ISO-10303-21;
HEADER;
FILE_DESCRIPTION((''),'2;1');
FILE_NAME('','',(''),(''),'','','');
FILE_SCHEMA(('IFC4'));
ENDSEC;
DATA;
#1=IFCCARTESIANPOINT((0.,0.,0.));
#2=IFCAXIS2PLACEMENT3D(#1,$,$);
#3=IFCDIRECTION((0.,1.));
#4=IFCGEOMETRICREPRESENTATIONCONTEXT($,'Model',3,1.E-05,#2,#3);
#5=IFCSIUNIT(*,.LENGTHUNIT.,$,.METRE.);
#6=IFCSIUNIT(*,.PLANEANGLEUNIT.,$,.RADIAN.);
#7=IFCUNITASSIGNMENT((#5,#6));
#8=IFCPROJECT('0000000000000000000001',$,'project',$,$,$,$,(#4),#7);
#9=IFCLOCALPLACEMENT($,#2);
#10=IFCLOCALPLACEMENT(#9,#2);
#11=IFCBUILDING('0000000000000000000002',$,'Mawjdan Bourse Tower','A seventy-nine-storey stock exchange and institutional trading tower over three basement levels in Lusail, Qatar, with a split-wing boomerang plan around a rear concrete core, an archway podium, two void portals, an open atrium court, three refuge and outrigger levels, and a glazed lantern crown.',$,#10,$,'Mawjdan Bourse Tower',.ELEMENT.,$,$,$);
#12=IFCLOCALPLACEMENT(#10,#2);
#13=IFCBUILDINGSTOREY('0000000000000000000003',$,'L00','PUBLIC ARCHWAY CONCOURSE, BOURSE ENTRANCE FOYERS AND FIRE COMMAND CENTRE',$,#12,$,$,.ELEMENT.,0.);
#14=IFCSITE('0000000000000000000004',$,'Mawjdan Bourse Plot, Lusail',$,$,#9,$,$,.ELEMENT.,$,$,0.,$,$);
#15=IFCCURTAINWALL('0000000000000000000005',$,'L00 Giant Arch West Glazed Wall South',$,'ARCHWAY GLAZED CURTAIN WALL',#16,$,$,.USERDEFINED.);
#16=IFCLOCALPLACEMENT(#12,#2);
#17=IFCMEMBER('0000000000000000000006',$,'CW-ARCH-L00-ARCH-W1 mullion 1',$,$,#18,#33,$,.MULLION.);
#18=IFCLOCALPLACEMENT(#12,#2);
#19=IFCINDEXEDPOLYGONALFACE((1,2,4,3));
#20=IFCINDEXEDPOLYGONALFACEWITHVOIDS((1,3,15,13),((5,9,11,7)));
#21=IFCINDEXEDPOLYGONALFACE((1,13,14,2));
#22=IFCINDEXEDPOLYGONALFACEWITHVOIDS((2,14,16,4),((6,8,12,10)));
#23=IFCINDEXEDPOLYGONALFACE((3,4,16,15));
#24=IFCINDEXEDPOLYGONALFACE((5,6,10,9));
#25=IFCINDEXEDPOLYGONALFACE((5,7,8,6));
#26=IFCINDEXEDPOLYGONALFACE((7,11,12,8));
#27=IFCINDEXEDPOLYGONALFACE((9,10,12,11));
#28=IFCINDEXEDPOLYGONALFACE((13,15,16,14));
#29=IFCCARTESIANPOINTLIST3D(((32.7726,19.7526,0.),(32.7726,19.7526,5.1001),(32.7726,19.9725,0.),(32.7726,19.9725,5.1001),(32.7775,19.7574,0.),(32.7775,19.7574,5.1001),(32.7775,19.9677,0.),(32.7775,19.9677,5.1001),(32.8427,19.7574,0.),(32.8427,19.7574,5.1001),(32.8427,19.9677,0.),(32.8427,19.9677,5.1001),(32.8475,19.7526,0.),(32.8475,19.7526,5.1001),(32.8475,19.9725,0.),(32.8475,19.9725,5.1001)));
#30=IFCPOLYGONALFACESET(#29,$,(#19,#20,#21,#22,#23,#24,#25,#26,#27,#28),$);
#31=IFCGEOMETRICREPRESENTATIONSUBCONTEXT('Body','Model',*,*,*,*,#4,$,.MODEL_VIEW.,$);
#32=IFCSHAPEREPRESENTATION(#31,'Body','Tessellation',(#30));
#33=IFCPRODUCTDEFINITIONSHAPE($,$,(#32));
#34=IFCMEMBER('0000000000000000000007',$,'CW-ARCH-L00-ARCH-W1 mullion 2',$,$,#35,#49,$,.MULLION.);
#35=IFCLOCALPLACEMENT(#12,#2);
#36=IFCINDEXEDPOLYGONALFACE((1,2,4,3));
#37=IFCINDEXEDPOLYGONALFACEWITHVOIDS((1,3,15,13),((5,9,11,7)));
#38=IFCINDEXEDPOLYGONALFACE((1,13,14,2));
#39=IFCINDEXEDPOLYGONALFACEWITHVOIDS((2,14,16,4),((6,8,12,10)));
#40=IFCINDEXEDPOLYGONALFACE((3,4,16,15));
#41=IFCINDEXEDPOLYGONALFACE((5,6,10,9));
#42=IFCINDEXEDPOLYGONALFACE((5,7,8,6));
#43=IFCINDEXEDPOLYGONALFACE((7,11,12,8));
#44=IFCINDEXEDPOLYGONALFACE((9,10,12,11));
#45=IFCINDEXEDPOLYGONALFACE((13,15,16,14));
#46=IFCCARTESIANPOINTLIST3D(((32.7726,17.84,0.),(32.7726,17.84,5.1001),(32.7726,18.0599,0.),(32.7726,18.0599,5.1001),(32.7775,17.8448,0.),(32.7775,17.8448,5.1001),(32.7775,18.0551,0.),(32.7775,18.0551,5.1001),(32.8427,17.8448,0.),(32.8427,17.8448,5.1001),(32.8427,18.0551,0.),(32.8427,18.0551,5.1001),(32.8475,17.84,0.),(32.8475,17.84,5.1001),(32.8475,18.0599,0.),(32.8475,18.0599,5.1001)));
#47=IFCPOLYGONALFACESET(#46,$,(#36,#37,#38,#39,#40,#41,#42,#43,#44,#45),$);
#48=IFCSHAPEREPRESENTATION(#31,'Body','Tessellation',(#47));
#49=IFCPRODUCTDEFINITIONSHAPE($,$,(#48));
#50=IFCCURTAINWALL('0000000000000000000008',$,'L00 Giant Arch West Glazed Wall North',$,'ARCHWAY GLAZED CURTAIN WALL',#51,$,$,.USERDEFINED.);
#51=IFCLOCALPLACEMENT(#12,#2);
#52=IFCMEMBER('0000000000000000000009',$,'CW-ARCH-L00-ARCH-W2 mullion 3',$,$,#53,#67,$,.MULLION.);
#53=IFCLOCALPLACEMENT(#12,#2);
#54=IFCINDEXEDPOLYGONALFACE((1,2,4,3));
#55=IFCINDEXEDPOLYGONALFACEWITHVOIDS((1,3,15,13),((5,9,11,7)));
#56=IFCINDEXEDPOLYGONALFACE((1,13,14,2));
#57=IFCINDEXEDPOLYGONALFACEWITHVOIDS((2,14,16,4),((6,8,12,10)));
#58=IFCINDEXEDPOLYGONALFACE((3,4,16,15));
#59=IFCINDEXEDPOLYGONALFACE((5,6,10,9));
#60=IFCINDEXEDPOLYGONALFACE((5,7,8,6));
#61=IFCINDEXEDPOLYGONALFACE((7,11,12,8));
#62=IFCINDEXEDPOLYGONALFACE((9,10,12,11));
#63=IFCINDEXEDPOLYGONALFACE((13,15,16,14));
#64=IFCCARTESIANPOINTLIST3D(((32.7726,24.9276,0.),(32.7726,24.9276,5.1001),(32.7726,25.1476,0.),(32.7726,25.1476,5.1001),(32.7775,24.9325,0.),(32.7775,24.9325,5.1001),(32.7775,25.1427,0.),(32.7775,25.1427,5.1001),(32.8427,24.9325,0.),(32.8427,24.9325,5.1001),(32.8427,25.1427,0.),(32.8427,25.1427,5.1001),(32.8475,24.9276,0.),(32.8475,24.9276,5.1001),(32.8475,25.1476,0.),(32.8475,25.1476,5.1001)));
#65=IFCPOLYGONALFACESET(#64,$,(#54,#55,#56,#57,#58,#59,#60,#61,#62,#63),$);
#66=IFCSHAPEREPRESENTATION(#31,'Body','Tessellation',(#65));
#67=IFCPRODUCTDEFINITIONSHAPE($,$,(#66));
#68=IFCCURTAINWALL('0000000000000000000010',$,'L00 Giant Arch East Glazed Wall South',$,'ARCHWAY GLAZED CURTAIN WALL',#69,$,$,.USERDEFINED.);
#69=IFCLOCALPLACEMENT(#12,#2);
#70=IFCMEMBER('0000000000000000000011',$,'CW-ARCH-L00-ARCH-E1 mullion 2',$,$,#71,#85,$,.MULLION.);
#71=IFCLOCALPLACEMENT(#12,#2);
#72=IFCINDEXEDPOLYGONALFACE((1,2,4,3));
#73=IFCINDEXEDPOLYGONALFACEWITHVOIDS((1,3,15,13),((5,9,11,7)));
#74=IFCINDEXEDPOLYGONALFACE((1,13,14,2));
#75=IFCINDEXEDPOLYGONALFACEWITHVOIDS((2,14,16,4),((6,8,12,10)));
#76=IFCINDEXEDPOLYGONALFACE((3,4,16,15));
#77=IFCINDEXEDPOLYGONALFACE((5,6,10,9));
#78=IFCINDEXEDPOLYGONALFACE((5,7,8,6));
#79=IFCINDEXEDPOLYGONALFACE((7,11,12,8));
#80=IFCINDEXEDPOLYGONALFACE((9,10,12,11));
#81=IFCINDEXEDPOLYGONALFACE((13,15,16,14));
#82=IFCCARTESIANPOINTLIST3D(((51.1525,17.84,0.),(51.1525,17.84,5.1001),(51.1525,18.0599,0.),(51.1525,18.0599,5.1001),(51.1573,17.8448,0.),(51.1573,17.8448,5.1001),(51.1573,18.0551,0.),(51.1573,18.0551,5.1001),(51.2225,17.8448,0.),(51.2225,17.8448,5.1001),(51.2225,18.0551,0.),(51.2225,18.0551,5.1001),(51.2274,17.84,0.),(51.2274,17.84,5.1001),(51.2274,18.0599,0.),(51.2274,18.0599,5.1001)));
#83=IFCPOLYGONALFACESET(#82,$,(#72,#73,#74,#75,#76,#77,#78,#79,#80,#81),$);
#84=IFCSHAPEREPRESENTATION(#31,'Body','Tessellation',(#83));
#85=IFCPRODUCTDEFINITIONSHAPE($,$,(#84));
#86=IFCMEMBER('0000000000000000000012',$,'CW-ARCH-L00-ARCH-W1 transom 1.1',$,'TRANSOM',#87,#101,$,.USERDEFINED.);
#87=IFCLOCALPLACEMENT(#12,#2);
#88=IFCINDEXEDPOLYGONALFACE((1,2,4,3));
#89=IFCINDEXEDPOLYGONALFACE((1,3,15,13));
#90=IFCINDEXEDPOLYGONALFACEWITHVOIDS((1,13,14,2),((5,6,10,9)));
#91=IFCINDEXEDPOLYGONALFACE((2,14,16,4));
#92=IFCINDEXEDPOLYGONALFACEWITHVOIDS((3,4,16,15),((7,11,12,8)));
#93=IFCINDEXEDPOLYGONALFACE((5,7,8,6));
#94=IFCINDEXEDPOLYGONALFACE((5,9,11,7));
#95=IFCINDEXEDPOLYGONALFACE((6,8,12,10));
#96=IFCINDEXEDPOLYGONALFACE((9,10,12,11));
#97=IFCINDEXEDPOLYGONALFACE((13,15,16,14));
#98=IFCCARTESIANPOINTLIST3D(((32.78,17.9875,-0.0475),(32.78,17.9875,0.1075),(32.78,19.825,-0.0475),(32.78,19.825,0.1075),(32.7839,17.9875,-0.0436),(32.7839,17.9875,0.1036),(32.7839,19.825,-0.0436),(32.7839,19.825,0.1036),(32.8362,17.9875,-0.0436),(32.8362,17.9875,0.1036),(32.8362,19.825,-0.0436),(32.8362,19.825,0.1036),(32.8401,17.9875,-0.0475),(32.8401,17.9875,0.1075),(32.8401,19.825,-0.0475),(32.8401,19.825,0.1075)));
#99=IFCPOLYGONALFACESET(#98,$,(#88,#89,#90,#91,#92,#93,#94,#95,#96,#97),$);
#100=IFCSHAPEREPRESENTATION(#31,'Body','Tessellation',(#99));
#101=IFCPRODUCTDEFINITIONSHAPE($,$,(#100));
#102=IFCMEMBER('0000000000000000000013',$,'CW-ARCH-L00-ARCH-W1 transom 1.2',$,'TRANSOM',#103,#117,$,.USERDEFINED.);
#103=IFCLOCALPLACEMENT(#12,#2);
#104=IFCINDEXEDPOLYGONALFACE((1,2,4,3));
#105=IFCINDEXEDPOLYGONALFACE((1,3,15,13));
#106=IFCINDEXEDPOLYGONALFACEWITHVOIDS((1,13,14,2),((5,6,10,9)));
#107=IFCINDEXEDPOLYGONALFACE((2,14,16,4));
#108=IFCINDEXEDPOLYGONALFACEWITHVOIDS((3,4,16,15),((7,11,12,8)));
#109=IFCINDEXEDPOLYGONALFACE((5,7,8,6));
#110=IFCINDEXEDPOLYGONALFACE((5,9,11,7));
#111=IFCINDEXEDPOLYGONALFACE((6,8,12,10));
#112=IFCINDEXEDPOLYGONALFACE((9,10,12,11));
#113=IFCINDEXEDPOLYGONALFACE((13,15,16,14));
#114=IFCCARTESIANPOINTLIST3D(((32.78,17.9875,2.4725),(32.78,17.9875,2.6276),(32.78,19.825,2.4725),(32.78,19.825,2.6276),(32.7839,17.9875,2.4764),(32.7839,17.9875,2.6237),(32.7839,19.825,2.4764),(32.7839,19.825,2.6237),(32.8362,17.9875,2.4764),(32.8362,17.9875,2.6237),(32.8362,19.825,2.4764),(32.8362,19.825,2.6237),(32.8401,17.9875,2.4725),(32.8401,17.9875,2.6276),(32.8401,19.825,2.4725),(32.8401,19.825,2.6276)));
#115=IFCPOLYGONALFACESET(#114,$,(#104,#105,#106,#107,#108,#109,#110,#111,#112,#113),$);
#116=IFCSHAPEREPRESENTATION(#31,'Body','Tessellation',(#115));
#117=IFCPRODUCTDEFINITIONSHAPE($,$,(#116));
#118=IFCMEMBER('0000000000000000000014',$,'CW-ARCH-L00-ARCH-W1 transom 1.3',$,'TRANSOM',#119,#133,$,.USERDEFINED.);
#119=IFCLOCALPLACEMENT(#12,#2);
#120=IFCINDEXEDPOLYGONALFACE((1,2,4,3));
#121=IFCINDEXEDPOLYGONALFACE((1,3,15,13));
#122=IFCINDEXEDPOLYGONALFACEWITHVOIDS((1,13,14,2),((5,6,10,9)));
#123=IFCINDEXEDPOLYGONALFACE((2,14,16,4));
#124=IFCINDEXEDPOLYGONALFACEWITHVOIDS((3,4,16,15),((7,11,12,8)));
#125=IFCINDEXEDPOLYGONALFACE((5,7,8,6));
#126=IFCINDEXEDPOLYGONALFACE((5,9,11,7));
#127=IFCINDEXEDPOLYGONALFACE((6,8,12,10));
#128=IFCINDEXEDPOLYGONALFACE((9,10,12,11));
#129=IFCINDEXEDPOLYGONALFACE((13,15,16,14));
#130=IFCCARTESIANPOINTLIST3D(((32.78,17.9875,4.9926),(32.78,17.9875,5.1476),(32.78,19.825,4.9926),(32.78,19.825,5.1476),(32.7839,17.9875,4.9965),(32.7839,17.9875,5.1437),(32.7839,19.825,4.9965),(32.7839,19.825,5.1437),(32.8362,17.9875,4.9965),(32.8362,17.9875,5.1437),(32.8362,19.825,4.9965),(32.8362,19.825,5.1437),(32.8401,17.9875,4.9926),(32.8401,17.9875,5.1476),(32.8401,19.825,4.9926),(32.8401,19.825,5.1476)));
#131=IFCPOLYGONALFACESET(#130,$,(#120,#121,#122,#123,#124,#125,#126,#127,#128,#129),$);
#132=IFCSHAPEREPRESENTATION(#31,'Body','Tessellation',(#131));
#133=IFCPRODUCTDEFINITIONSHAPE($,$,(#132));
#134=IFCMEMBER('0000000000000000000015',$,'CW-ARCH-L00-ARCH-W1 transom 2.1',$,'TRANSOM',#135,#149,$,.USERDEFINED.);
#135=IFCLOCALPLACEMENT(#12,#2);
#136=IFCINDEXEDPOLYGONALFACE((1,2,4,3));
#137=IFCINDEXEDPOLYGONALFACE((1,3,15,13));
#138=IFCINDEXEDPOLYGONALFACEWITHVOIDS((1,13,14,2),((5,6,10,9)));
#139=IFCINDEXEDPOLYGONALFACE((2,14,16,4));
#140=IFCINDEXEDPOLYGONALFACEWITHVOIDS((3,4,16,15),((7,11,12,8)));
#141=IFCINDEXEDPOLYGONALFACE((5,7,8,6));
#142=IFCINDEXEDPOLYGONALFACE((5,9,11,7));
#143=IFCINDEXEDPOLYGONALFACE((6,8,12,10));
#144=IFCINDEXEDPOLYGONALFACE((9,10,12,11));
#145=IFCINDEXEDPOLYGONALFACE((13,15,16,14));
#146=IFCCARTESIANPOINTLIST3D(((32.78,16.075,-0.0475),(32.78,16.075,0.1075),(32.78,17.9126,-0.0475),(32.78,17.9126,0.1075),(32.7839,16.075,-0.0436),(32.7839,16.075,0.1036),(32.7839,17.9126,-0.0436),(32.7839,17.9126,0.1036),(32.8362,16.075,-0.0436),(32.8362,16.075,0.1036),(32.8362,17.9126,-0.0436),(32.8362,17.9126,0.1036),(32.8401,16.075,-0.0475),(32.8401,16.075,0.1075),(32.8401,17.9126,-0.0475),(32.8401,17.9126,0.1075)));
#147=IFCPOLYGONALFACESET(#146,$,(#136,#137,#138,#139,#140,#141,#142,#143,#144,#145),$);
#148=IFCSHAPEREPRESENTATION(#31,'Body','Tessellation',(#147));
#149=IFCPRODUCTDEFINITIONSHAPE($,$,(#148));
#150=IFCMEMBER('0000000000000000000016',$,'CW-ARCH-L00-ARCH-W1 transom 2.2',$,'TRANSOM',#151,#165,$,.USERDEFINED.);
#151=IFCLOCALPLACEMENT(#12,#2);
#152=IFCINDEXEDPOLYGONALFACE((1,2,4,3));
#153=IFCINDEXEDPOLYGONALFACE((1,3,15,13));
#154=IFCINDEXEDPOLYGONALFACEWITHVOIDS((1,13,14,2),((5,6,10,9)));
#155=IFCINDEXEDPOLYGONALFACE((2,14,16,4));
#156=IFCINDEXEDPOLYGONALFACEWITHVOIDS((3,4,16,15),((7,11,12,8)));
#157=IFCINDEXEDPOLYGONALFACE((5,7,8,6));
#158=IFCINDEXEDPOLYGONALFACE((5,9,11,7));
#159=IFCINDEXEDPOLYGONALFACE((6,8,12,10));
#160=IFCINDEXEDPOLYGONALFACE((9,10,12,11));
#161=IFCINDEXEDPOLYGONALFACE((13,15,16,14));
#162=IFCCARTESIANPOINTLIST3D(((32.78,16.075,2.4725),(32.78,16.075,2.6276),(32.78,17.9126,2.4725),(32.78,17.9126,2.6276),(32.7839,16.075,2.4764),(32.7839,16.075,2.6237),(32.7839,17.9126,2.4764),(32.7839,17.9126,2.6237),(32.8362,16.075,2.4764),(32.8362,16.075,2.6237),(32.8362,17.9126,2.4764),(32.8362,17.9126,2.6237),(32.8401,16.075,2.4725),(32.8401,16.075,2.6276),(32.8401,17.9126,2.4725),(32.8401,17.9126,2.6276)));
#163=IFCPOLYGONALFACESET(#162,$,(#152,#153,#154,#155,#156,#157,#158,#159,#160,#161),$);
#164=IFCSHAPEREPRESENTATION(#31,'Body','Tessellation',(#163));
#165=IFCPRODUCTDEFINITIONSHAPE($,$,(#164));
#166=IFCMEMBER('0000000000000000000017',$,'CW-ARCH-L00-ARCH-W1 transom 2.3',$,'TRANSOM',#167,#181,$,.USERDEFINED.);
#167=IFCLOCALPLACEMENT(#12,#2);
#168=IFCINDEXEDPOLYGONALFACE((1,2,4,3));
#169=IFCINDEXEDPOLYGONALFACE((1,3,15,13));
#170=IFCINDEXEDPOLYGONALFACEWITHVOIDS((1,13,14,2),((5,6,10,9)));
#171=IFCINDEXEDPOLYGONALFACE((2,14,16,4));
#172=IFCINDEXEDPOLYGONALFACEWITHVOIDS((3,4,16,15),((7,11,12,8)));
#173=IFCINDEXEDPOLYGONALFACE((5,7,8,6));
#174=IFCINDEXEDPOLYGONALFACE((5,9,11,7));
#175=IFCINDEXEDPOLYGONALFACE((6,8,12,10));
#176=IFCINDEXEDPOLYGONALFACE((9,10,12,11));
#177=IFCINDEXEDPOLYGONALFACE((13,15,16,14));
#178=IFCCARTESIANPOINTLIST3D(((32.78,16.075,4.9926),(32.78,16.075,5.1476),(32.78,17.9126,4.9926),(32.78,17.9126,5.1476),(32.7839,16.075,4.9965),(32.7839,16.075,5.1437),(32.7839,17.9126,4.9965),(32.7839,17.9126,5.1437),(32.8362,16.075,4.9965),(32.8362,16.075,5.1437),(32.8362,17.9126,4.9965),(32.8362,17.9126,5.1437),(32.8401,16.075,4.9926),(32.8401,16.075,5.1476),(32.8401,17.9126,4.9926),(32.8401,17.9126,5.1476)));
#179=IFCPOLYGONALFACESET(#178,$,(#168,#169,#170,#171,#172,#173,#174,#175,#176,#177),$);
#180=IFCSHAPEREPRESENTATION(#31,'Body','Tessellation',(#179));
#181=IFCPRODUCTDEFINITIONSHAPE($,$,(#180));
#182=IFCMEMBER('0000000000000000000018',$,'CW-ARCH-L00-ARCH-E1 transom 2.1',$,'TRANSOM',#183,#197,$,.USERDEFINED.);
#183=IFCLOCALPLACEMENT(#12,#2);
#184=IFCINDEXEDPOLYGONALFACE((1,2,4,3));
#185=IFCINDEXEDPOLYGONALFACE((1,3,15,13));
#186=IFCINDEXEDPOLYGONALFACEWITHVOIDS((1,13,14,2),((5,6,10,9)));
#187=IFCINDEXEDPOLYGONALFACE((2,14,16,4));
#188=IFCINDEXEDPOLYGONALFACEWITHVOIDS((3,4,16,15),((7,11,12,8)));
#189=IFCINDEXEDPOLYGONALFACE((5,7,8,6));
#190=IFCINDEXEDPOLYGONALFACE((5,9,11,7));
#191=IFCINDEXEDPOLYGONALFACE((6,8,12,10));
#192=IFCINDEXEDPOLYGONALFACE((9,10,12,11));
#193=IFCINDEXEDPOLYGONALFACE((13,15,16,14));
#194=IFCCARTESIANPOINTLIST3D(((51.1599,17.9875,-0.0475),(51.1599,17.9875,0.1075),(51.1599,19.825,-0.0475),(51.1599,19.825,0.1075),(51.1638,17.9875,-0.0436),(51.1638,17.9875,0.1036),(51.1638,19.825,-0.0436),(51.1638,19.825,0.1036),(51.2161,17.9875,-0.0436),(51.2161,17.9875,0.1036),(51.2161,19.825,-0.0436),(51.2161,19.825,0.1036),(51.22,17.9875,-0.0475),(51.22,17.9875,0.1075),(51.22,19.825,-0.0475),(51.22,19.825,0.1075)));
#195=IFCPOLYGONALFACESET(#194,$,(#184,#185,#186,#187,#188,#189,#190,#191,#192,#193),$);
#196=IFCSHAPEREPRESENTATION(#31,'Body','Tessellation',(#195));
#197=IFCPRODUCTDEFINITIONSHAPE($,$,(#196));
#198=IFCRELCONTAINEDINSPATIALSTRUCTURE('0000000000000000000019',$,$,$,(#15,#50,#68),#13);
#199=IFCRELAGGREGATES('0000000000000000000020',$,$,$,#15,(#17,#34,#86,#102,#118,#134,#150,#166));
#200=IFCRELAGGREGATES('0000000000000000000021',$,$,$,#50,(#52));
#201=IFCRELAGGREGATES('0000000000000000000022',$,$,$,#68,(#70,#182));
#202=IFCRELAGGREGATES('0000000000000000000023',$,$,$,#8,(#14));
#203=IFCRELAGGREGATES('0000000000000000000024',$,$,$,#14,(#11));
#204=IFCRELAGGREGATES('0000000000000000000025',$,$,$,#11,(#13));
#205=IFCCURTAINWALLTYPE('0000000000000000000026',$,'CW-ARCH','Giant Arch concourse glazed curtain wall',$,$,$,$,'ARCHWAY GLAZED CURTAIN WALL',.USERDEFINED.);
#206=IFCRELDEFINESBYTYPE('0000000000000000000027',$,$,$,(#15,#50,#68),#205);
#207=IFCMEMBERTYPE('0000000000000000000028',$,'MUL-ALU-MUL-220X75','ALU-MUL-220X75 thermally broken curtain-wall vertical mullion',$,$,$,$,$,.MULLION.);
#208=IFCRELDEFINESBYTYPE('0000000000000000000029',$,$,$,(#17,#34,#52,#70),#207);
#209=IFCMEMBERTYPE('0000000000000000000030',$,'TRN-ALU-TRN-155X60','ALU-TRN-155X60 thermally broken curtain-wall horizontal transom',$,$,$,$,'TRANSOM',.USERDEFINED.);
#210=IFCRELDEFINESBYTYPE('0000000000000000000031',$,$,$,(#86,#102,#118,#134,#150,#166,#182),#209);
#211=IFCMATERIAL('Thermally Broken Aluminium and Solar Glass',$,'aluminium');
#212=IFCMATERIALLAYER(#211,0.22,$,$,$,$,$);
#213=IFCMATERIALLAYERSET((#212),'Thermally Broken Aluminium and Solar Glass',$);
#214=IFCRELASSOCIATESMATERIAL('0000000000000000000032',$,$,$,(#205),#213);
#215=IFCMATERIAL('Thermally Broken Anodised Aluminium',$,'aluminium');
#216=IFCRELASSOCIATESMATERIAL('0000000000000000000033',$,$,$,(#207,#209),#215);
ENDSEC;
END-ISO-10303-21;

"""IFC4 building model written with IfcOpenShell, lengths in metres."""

from ifc_helpers import new_model, si_unit, direction, frame, origin, origin_2d, place, context, subcontext, project, spatial, hollow_rectangle, extrude, material, layer, layer_set, material_profile, profile_set, type_object, element, aggregate, save


model = new_model("IFC4")

# Units and contexts
model_context = context("Model", 3, precision=1e-05, world=origin(), true_north=direction((0.0, 1.0)))
body_context = subcontext(model_context, "Body", "Model", "MODEL_VIEW")
ifc_project = project(units=[si_unit("LENGTHUNIT", "METRE"), si_unit("PLANEANGLEUNIT", "RADIAN")], contexts=[model_context])

# Site, building, storey
site_placement = place(None, origin())
site = spatial("IfcSite", under=ifc_project, at=site_placement, Name="Mawjdan Bourse Plot, Lusail", CompositionType="ELEMENT", RefElevation=0.0)
building_placement = place(site_placement, origin())
building = spatial("IfcBuilding", under=site, at=building_placement, Name="Mawjdan Bourse Tower", Description="A seventy-nine-storey stock exchange and institutional trading tower over three basement levels in Lusail, Qatar, with a split-wing boomerang plan around a rear concrete core, an archway podium, two void portals, an open atrium court, three refuge and outrigger levels, and a glazed lantern crown.", LongName="Mawjdan Bourse Tower", CompositionType="ELEMENT")
storey_placement = place(building_placement, origin())
storey = spatial("IfcBuildingStorey", under=building, at=storey_placement, Name="L00", Description="PUBLIC ARCHWAY CONCOURSE, BOURSE ENTRANCE FOYERS AND FIRE COMMAND CENTRE", CompositionType="ELEMENT", Elevation=0.0)

# Curtain wall, members
ifc_material_1 = material(Name="Thermally Broken Aluminium and Solar Glass", Category="aluminium")
ifc_layer_1 = layer(ifc_material_1, 0.22)
ifc_layer_set_1 = layer_set([ifc_layer_1], Name="Thermally Broken Aluminium and Solar Glass")
curtain_wall_type = type_object("IfcCurtainWallType", Name="CW-ARCH", Description="Giant Arch concourse glazed curtain wall", ElementType="ARCHWAY GLAZED CURTAIN WALL", PredefinedType="USERDEFINED", material=ifc_layer_set_1)
curtain_wall_1_placement = place(storey_placement, origin())
curtain_wall_1 = element("IfcCurtainWall", 1, at=curtain_wall_1_placement, inside=storey, type_object=curtain_wall_type, Name="L00 Giant Arch West Glazed Wall South", ObjectType="ARCHWAY GLAZED CURTAIN WALL", PredefinedType="USERDEFINED")
ifc_material_2 = material(Name="Thermally Broken Anodised Aluminium", Category="aluminium")
ifc_material_profile_1 = material_profile(ifc_material_2, hollow_rectangle(XDim=0.075, YDim=0.22, WallThickness=0.0049, at=origin_2d()), Name="ALU-MUL-220X75")
ifc_profile_set_1 = profile_set([ifc_material_profile_1], Name="Thermally Broken Anodised Aluminium")
member_type_1 = type_object("IfcMemberType", Name="MUL-ALU-MUL-220X75", Description="ALU-MUL-220X75 thermally broken curtain-wall vertical mullion", PredefinedType="MULLION", material=ifc_profile_set_1)
member_1_placement = place(storey_placement, frame((32.8101, 19.8625, 0.0), z_axis=(0.0, 0.0, 1.0), x_axis=(1.0, 0.0, 0.0)))
member_1 = element("IfcMember", 2, at=member_1_placement, type_object=member_type_1, Name="CW-ARCH-L00-ARCH-W1 mullion 1", PredefinedType="MULLION", context=body_context, shape_type="SweptSolid", body=[
    extrude(hollow_rectangle(XDim=0.075, YDim=0.22, WallThickness=0.0049, at=origin_2d()), origin(), (0.0, 0.0, 1.0), 5.1001),
])
member_2_placement = place(storey_placement, frame((32.8101, 17.95, 0.0), z_axis=(0.0, 0.0, 1.0), x_axis=(1.0, 0.0, 0.0)))
member_2 = element("IfcMember", 3, at=member_2_placement, type_object=member_type_1, Name="CW-ARCH-L00-ARCH-W1 mullion 2", PredefinedType="MULLION", context=body_context, shape_type="SweptSolid", body=[
    extrude(hollow_rectangle(XDim=0.075, YDim=0.22, WallThickness=0.0049, at=origin_2d()), origin(), (0.0, 0.0, 1.0), 5.1001),
])

# Curtain walls, members
curtain_wall_2_placement = place(storey_placement, origin())
curtain_wall_2 = element("IfcCurtainWall", 4, at=curtain_wall_2_placement, inside=storey, type_object=curtain_wall_type, Name="L00 Giant Arch West Glazed Wall North", ObjectType="ARCHWAY GLAZED CURTAIN WALL", PredefinedType="USERDEFINED")
member_3_placement = place(storey_placement, frame((32.8101, 25.0376, 0.0), z_axis=(0.0, 0.0, 1.0), x_axis=(1.0, 0.0, 0.0)))
member_3 = element("IfcMember", 5, at=member_3_placement, type_object=member_type_1, Name="CW-ARCH-L00-ARCH-W2 mullion 3", PredefinedType="MULLION", context=body_context, shape_type="SweptSolid", body=[
    extrude(hollow_rectangle(XDim=0.075, YDim=0.22, WallThickness=0.0049, at=origin_2d()), origin(), (0.0, 0.0, 1.0), 5.1001),
])
curtain_wall_3_placement = place(storey_placement, origin())
curtain_wall_3 = element("IfcCurtainWall", 6, at=curtain_wall_3_placement, inside=storey, type_object=curtain_wall_type, Name="L00 Giant Arch East Glazed Wall South", ObjectType="ARCHWAY GLAZED CURTAIN WALL", PredefinedType="USERDEFINED")
member_4_placement = place(storey_placement, frame((51.1899, 17.95, 0.0), z_axis=(0.0, 0.0, 1.0), x_axis=(-1.0, 0.0, 0.0)))
member_4 = element("IfcMember", 7, at=member_4_placement, type_object=member_type_1, Name="CW-ARCH-L00-ARCH-E1 mullion 2", PredefinedType="MULLION", context=body_context, shape_type="SweptSolid", body=[
    extrude(hollow_rectangle(XDim=0.075, YDim=0.22, WallThickness=0.0049, at=origin_2d()), origin(), (0.0, 0.0, 1.0), 5.1001),
])

# Members
ifc_material_profile_2 = material_profile(ifc_material_2, hollow_rectangle(XDim=0.0601, YDim=0.155, WallThickness=0.0039, at=origin_2d()), Name="ALU-TRN-155X60")
ifc_profile_set_2 = profile_set([ifc_material_profile_2], Name="Thermally Broken Anodised Aluminium")
member_type_2 = type_object("IfcMemberType", Name="TRN-ALU-TRN-155X60", Description="ALU-TRN-155X60 thermally broken curtain-wall horizontal transom", ElementType="TRANSOM", PredefinedType="USERDEFINED", material=ifc_profile_set_2)
member_5_placement = place(storey_placement, frame((32.8101, 19.825, 0.03), z_axis=(0.0, -1.0, 0.0), x_axis=(1.0, 0.0, 0.0)))
member_5 = element("IfcMember", 8, at=member_5_placement, type_object=member_type_2, Name="CW-ARCH-L00-ARCH-W1 transom 1.1", ObjectType="TRANSOM", PredefinedType="USERDEFINED", context=body_context, shape_type="SweptSolid", body=[
    extrude(hollow_rectangle(XDim=0.0601, YDim=0.155, WallThickness=0.0039, at=origin_2d()), origin(), (0.0, 0.0, 1.0), 1.8374),
])
member_6_placement = place(storey_placement, frame((32.8101, 19.825, 2.55), z_axis=(0.0, -1.0, 0.0), x_axis=(1.0, 0.0, 0.0)))
member_6 = element("IfcMember", 9, at=member_6_placement, type_object=member_type_2, Name="CW-ARCH-L00-ARCH-W1 transom 1.2", ObjectType="TRANSOM", PredefinedType="USERDEFINED", context=body_context, shape_type="SweptSolid", body=[
    extrude(hollow_rectangle(XDim=0.0601, YDim=0.155, WallThickness=0.0039, at=origin_2d()), origin(), (0.0, 0.0, 1.0), 1.8374),
])
member_7_placement = place(storey_placement, frame((32.8101, 19.825, 5.0701), z_axis=(0.0, -1.0, 0.0), x_axis=(1.0, 0.0, 0.0)))
member_7 = element("IfcMember", 10, at=member_7_placement, type_object=member_type_2, Name="CW-ARCH-L00-ARCH-W1 transom 1.3", ObjectType="TRANSOM", PredefinedType="USERDEFINED", context=body_context, shape_type="SweptSolid", body=[
    extrude(hollow_rectangle(XDim=0.0601, YDim=0.155, WallThickness=0.0039, at=origin_2d()), origin(), (0.0, 0.0, 1.0), 1.8374),
])
member_8_placement = place(storey_placement, frame((32.8101, 17.9126, 0.03), z_axis=(0.0, -1.0, 0.0), x_axis=(1.0, 0.0, 0.0)))
member_8 = element("IfcMember", 11, at=member_8_placement, type_object=member_type_2, Name="CW-ARCH-L00-ARCH-W1 transom 2.1", ObjectType="TRANSOM", PredefinedType="USERDEFINED", context=body_context, shape_type="SweptSolid", body=[
    extrude(hollow_rectangle(XDim=0.0601, YDim=0.155, WallThickness=0.0039, at=origin_2d()), origin(), (0.0, 0.0, 1.0), 1.8376),
])
member_9_placement = place(storey_placement, frame((32.8101, 17.9126, 2.55), z_axis=(0.0, -1.0, 0.0), x_axis=(1.0, 0.0, 0.0)))
member_9 = element("IfcMember", 12, at=member_9_placement, type_object=member_type_2, Name="CW-ARCH-L00-ARCH-W1 transom 2.2", ObjectType="TRANSOM", PredefinedType="USERDEFINED", context=body_context, shape_type="SweptSolid", body=[
    extrude(hollow_rectangle(XDim=0.0601, YDim=0.155, WallThickness=0.0039, at=origin_2d()), origin(), (0.0, 0.0, 1.0), 1.8376),
])
member_10_placement = place(storey_placement, frame((32.8101, 17.9126, 5.0701), z_axis=(0.0, -1.0, 0.0), x_axis=(1.0, 0.0, 0.0)))
member_10 = element("IfcMember", 13, at=member_10_placement, type_object=member_type_2, Name="CW-ARCH-L00-ARCH-W1 transom 2.3", ObjectType="TRANSOM", PredefinedType="USERDEFINED", context=body_context, shape_type="SweptSolid", body=[
    extrude(hollow_rectangle(XDim=0.0601, YDim=0.155, WallThickness=0.0039, at=origin_2d()), origin(), (0.0, 0.0, 1.0), 1.8376),
])
member_11_placement = place(storey_placement, frame((51.1899, 17.9875, 0.03), z_axis=(0.0, 1.0, 0.0), x_axis=(-1.0, 0.0, 0.0)))
member_11 = element("IfcMember", 14, at=member_11_placement, type_object=member_type_2, Name="CW-ARCH-L00-ARCH-E1 transom 2.1", ObjectType="TRANSOM", PredefinedType="USERDEFINED", context=body_context, shape_type="SweptSolid", body=[
    extrude(hollow_rectangle(XDim=0.0601, YDim=0.155, WallThickness=0.0039, at=origin_2d()), origin(), (0.0, 0.0, 1.0), 1.8374),
])

aggregate(curtain_wall_1, [member_1, member_2, member_5, member_6, member_7, member_8, member_9, member_10])
aggregate(curtain_wall_2, [member_3])
aggregate(curtain_wall_3, [member_4, member_11])

save(model, "model.ifc")
